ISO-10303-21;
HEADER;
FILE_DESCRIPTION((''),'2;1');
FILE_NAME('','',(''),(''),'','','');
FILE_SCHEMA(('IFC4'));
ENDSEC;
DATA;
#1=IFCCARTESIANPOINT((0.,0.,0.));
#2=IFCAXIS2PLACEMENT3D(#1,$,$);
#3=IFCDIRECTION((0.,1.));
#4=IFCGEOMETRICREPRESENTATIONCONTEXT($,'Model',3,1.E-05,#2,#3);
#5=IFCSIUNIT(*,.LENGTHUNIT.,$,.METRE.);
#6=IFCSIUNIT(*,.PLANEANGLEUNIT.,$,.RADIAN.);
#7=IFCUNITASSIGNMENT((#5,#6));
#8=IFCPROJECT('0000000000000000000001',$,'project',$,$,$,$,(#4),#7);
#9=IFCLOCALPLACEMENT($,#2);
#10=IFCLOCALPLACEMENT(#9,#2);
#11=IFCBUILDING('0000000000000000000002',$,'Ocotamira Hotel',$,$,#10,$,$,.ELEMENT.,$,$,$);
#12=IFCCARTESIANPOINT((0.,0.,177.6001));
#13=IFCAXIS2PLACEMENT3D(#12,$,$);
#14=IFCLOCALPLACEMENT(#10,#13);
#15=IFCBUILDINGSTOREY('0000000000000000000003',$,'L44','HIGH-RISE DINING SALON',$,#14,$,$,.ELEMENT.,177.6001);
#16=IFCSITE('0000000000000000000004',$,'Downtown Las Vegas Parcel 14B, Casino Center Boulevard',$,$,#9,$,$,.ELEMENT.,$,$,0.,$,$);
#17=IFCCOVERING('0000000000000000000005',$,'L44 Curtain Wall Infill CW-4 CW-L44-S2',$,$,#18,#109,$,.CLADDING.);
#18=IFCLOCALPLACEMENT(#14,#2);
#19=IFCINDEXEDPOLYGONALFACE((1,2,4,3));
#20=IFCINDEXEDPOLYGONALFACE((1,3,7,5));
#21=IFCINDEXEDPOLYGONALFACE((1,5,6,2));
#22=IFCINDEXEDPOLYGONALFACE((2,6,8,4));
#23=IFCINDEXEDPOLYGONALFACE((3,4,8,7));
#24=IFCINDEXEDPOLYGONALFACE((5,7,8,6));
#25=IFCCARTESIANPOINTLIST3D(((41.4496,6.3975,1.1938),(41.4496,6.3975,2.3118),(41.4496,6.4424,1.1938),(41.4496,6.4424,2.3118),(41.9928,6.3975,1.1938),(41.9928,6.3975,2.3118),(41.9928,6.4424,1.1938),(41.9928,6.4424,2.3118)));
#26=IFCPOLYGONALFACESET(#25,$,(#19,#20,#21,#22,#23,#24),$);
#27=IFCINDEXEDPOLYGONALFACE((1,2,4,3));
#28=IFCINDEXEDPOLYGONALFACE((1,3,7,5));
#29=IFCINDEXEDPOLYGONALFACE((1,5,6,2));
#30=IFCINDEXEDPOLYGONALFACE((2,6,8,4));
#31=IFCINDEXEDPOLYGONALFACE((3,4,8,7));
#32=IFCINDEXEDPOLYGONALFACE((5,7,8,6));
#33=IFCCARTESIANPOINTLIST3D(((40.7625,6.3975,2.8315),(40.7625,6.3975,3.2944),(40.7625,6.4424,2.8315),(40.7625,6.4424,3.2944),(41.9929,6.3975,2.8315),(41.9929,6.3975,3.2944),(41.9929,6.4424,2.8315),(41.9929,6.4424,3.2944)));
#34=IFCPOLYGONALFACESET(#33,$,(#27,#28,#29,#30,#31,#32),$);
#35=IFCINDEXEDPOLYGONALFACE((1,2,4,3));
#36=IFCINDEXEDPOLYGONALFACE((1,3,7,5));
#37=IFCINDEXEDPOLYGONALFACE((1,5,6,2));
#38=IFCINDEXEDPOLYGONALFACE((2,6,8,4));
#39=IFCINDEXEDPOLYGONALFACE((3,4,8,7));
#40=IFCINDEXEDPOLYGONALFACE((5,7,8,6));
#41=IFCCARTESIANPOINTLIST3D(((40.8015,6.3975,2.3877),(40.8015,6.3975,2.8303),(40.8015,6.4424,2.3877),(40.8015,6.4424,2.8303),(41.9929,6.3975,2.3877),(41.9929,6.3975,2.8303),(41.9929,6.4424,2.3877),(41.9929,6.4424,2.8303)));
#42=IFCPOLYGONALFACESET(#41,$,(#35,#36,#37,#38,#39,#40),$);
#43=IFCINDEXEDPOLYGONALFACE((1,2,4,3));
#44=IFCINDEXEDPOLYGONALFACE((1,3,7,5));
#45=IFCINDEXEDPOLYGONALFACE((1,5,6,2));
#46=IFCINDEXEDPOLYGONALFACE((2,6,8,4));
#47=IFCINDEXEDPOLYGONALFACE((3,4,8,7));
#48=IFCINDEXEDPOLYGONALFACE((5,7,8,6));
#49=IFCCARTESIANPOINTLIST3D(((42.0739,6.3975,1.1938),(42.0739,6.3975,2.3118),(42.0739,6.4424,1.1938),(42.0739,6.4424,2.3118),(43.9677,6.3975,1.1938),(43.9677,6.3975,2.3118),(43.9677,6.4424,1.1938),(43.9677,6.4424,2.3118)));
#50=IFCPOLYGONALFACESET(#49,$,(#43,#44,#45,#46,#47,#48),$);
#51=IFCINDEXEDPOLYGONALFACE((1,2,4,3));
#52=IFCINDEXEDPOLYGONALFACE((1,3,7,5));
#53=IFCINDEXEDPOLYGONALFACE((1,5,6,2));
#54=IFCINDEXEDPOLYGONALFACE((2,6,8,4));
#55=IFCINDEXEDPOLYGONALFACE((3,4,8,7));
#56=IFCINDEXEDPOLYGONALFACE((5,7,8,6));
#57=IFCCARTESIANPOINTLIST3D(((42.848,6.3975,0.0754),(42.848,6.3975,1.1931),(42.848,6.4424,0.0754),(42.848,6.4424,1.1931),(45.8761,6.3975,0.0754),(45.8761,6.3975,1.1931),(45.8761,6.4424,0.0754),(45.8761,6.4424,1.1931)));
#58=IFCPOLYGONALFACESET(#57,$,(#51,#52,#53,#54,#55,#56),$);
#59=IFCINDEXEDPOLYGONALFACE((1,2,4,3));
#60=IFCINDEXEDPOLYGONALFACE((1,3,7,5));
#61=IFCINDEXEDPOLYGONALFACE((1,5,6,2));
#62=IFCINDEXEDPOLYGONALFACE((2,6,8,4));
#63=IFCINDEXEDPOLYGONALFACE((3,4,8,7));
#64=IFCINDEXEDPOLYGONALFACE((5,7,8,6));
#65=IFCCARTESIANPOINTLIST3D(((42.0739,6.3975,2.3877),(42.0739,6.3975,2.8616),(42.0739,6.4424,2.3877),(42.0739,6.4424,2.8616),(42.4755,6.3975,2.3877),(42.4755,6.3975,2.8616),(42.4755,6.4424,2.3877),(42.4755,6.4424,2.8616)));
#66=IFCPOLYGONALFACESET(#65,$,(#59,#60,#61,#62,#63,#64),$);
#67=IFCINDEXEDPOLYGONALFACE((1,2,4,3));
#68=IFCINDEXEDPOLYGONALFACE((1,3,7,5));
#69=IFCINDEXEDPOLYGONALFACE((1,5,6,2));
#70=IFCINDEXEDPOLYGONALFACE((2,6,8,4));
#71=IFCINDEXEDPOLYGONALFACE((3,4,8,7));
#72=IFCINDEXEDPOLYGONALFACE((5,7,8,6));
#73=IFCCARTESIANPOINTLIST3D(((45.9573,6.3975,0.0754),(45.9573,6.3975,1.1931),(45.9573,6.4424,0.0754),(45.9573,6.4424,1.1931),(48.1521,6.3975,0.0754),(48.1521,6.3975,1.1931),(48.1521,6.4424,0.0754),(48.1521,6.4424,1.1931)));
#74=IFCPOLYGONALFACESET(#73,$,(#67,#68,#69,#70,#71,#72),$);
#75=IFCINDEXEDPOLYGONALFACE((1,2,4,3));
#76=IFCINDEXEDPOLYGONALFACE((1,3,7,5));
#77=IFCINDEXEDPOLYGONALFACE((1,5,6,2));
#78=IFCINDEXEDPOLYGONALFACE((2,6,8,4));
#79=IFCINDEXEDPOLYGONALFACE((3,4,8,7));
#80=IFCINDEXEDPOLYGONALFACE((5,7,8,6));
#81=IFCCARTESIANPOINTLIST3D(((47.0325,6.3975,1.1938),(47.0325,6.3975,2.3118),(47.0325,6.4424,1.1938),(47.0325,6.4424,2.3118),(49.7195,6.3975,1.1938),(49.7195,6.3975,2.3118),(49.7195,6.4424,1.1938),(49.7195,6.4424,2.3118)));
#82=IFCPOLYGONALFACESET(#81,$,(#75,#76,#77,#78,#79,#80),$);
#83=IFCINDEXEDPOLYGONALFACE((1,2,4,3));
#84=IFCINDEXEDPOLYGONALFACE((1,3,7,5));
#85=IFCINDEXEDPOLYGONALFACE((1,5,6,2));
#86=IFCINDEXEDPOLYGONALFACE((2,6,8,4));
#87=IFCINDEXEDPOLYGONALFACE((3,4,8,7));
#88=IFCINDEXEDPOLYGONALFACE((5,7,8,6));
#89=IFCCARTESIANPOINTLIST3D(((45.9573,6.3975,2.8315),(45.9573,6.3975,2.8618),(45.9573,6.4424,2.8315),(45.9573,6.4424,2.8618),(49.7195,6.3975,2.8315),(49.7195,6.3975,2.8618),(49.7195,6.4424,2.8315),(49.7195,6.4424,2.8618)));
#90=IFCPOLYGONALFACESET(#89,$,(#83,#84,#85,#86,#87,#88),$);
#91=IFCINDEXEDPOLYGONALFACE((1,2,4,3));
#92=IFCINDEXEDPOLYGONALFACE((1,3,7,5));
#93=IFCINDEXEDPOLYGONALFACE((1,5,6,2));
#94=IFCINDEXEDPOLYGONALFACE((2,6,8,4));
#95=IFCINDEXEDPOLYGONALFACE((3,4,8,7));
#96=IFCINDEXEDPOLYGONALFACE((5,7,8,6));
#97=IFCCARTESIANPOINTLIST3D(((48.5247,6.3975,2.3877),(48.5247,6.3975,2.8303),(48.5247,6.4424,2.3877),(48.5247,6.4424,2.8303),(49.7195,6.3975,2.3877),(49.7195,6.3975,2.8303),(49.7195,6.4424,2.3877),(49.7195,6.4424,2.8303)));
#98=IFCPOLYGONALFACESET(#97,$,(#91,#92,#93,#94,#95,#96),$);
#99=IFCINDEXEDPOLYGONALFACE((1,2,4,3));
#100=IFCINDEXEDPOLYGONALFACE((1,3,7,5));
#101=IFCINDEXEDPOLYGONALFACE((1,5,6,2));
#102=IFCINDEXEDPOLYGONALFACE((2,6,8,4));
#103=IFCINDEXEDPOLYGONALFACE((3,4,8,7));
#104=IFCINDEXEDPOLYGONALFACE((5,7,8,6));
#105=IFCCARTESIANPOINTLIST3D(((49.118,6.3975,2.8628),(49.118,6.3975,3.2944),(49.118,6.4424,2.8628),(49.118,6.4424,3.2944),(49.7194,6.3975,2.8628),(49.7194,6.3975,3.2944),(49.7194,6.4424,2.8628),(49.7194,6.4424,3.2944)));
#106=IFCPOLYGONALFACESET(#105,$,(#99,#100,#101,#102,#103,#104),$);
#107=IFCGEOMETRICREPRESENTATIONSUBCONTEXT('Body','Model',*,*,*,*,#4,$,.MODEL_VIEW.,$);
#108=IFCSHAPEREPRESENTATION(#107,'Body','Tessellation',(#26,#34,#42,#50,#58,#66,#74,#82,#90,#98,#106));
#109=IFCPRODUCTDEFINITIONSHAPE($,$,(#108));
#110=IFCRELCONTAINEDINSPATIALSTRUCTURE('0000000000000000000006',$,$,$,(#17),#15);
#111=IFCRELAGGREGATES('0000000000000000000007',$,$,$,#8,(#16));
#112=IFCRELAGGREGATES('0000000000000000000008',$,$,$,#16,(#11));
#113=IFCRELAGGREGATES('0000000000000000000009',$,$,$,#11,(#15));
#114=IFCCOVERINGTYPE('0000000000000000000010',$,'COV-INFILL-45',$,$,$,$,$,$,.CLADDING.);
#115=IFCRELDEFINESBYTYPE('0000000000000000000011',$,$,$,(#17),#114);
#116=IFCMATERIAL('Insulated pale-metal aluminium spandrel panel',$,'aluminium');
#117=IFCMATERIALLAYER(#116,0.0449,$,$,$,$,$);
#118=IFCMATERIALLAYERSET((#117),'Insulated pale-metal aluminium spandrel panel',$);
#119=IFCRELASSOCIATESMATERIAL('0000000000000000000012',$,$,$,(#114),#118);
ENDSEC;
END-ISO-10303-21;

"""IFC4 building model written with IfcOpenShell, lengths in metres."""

from ifc_helpers import new_model, si_unit, direction, frame, origin, origin_2d, place, context, subcontext, project, spatial, rectangle, extrude, material, layer, layer_set, type_object, element, save


model = new_model("IFC4")

# Units and contexts
model_context = context("Model", 3, precision=1e-05, world=origin(), true_north=direction((0.0, 1.0)))
body_context = subcontext(model_context, "Body", "Model", "MODEL_VIEW")
ifc_project = project(units=[si_unit("LENGTHUNIT", "METRE"), si_unit("PLANEANGLEUNIT", "RADIAN")], contexts=[model_context])

# Site, building, storey
site_placement = place(None, origin())
site = spatial("IfcSite", under=ifc_project, at=site_placement, Name="Downtown Las Vegas Parcel 14B, Casino Center Boulevard", CompositionType="ELEMENT", RefElevation=0.0)
building_placement = place(site_placement, origin())
building = spatial("IfcBuilding", under=site, at=building_placement, Name="Ocotamira Hotel", CompositionType="ELEMENT")
storey_placement = place(building_placement, frame((0.0, 0.0, 177.6001)))
storey = spatial("IfcBuildingStorey", under=building, at=storey_placement, Name="L44", Description="HIGH-RISE DINING SALON", CompositionType="ELEMENT", Elevation=177.6001)

# Covering
ifc_material_1 = material(Name="Insulated pale-metal aluminium spandrel panel", Category="aluminium")
ifc_layer_1 = layer(ifc_material_1, 0.0449)
ifc_layer_set_1 = layer_set([ifc_layer_1], Name="Insulated pale-metal aluminium spandrel panel")
covering_type_1 = type_object("IfcCoveringType", Name="COV-INFILL-45", PredefinedType="CLADDING", material=ifc_layer_set_1)
covering_1_placement = place(storey_placement, origin())
element("IfcCovering", 1, at=covering_1_placement, inside=storey, type_object=covering_type_1, Name="L44 Curtain Wall Infill CW-4 CW-L44-S2", PredefinedType="CLADDING", context=body_context, shape_type="SweptSolid", body=[
    extrude(rectangle(XDim=0.5432, YDim=0.0449, at=origin_2d()), frame((41.7212, 6.4199, 1.1938), z_axis=(0.0, 0.0, 1.0), x_axis=(1.0, 0.0, 0.0)), (0.0, 0.0, 1.0), 1.1179),
    extrude(rectangle(XDim=1.2305, YDim=0.0449, at=origin_2d()), frame((41.3777, 6.4199, 2.8315), z_axis=(0.0, 0.0, 1.0), x_axis=(1.0, 0.0, 0.0)), (0.0, 0.0, 1.0), 0.4629),
    extrude(rectangle(XDim=1.1914, YDim=0.0449, at=origin_2d()), frame((41.3972, 6.4199, 2.3877), z_axis=(0.0, 0.0, 1.0), x_axis=(1.0, 0.0, 0.0)), (0.0, 0.0, 1.0), 0.4426),
    extrude(rectangle(XDim=1.8938, YDim=0.0449, at=origin_2d()), frame((43.0208, 6.4199, 1.1938), z_axis=(0.0, 0.0, 1.0), x_axis=(1.0, 0.0, 0.0)), (0.0, 0.0, 1.0), 1.1179),
    extrude(rectangle(XDim=3.0281, YDim=0.0449, at=origin_2d()), frame((44.3621, 6.4199, 0.0754), z_axis=(0.0, 0.0, 1.0), x_axis=(1.0, 0.0, 0.0)), (0.0, 0.0, 1.0), 1.1177),
    extrude(rectangle(XDim=0.4016, YDim=0.0449, at=origin_2d()), frame((42.2747, 6.4199, 2.3877), z_axis=(0.0, 0.0, 1.0), x_axis=(1.0, 0.0, 0.0)), (0.0, 0.0, 1.0), 0.4739),
    extrude(rectangle(XDim=2.1948, YDim=0.0449, at=origin_2d()), frame((47.0547, 6.4199, 0.0754), z_axis=(0.0, 0.0, 1.0), x_axis=(1.0, 0.0, 0.0)), (0.0, 0.0, 1.0), 1.1177),
    extrude(rectangle(XDim=2.687, YDim=0.0449, at=origin_2d()), frame((48.376, 6.4199, 1.1938), z_axis=(0.0, 0.0, 1.0), x_axis=(1.0, 0.0, 0.0)), (0.0, 0.0, 1.0), 1.1179),
    extrude(rectangle(XDim=3.7622, YDim=0.0449, at=origin_2d()), frame((47.8384, 6.4199, 2.8315), z_axis=(0.0, 0.0, 1.0), x_axis=(1.0, 0.0, 0.0)), (0.0, 0.0, 1.0), 0.0303),
    extrude(rectangle(XDim=1.1948, YDim=0.0449, at=origin_2d()), frame((49.1221, 6.4199, 2.3877), z_axis=(0.0, 0.0, 1.0), x_axis=(1.0, 0.0, 0.0)), (0.0, 0.0, 1.0), 0.4426),
    extrude(rectangle(XDim=0.6013, YDim=0.0449, at=origin_2d()), frame((49.4187, 6.4199, 2.8628), z_axis=(0.0, 0.0, 1.0), x_axis=(1.0, 0.0, 0.0)), (0.0, 0.0, 1.0), 0.4316),
])

save(model, "model.ifc")
